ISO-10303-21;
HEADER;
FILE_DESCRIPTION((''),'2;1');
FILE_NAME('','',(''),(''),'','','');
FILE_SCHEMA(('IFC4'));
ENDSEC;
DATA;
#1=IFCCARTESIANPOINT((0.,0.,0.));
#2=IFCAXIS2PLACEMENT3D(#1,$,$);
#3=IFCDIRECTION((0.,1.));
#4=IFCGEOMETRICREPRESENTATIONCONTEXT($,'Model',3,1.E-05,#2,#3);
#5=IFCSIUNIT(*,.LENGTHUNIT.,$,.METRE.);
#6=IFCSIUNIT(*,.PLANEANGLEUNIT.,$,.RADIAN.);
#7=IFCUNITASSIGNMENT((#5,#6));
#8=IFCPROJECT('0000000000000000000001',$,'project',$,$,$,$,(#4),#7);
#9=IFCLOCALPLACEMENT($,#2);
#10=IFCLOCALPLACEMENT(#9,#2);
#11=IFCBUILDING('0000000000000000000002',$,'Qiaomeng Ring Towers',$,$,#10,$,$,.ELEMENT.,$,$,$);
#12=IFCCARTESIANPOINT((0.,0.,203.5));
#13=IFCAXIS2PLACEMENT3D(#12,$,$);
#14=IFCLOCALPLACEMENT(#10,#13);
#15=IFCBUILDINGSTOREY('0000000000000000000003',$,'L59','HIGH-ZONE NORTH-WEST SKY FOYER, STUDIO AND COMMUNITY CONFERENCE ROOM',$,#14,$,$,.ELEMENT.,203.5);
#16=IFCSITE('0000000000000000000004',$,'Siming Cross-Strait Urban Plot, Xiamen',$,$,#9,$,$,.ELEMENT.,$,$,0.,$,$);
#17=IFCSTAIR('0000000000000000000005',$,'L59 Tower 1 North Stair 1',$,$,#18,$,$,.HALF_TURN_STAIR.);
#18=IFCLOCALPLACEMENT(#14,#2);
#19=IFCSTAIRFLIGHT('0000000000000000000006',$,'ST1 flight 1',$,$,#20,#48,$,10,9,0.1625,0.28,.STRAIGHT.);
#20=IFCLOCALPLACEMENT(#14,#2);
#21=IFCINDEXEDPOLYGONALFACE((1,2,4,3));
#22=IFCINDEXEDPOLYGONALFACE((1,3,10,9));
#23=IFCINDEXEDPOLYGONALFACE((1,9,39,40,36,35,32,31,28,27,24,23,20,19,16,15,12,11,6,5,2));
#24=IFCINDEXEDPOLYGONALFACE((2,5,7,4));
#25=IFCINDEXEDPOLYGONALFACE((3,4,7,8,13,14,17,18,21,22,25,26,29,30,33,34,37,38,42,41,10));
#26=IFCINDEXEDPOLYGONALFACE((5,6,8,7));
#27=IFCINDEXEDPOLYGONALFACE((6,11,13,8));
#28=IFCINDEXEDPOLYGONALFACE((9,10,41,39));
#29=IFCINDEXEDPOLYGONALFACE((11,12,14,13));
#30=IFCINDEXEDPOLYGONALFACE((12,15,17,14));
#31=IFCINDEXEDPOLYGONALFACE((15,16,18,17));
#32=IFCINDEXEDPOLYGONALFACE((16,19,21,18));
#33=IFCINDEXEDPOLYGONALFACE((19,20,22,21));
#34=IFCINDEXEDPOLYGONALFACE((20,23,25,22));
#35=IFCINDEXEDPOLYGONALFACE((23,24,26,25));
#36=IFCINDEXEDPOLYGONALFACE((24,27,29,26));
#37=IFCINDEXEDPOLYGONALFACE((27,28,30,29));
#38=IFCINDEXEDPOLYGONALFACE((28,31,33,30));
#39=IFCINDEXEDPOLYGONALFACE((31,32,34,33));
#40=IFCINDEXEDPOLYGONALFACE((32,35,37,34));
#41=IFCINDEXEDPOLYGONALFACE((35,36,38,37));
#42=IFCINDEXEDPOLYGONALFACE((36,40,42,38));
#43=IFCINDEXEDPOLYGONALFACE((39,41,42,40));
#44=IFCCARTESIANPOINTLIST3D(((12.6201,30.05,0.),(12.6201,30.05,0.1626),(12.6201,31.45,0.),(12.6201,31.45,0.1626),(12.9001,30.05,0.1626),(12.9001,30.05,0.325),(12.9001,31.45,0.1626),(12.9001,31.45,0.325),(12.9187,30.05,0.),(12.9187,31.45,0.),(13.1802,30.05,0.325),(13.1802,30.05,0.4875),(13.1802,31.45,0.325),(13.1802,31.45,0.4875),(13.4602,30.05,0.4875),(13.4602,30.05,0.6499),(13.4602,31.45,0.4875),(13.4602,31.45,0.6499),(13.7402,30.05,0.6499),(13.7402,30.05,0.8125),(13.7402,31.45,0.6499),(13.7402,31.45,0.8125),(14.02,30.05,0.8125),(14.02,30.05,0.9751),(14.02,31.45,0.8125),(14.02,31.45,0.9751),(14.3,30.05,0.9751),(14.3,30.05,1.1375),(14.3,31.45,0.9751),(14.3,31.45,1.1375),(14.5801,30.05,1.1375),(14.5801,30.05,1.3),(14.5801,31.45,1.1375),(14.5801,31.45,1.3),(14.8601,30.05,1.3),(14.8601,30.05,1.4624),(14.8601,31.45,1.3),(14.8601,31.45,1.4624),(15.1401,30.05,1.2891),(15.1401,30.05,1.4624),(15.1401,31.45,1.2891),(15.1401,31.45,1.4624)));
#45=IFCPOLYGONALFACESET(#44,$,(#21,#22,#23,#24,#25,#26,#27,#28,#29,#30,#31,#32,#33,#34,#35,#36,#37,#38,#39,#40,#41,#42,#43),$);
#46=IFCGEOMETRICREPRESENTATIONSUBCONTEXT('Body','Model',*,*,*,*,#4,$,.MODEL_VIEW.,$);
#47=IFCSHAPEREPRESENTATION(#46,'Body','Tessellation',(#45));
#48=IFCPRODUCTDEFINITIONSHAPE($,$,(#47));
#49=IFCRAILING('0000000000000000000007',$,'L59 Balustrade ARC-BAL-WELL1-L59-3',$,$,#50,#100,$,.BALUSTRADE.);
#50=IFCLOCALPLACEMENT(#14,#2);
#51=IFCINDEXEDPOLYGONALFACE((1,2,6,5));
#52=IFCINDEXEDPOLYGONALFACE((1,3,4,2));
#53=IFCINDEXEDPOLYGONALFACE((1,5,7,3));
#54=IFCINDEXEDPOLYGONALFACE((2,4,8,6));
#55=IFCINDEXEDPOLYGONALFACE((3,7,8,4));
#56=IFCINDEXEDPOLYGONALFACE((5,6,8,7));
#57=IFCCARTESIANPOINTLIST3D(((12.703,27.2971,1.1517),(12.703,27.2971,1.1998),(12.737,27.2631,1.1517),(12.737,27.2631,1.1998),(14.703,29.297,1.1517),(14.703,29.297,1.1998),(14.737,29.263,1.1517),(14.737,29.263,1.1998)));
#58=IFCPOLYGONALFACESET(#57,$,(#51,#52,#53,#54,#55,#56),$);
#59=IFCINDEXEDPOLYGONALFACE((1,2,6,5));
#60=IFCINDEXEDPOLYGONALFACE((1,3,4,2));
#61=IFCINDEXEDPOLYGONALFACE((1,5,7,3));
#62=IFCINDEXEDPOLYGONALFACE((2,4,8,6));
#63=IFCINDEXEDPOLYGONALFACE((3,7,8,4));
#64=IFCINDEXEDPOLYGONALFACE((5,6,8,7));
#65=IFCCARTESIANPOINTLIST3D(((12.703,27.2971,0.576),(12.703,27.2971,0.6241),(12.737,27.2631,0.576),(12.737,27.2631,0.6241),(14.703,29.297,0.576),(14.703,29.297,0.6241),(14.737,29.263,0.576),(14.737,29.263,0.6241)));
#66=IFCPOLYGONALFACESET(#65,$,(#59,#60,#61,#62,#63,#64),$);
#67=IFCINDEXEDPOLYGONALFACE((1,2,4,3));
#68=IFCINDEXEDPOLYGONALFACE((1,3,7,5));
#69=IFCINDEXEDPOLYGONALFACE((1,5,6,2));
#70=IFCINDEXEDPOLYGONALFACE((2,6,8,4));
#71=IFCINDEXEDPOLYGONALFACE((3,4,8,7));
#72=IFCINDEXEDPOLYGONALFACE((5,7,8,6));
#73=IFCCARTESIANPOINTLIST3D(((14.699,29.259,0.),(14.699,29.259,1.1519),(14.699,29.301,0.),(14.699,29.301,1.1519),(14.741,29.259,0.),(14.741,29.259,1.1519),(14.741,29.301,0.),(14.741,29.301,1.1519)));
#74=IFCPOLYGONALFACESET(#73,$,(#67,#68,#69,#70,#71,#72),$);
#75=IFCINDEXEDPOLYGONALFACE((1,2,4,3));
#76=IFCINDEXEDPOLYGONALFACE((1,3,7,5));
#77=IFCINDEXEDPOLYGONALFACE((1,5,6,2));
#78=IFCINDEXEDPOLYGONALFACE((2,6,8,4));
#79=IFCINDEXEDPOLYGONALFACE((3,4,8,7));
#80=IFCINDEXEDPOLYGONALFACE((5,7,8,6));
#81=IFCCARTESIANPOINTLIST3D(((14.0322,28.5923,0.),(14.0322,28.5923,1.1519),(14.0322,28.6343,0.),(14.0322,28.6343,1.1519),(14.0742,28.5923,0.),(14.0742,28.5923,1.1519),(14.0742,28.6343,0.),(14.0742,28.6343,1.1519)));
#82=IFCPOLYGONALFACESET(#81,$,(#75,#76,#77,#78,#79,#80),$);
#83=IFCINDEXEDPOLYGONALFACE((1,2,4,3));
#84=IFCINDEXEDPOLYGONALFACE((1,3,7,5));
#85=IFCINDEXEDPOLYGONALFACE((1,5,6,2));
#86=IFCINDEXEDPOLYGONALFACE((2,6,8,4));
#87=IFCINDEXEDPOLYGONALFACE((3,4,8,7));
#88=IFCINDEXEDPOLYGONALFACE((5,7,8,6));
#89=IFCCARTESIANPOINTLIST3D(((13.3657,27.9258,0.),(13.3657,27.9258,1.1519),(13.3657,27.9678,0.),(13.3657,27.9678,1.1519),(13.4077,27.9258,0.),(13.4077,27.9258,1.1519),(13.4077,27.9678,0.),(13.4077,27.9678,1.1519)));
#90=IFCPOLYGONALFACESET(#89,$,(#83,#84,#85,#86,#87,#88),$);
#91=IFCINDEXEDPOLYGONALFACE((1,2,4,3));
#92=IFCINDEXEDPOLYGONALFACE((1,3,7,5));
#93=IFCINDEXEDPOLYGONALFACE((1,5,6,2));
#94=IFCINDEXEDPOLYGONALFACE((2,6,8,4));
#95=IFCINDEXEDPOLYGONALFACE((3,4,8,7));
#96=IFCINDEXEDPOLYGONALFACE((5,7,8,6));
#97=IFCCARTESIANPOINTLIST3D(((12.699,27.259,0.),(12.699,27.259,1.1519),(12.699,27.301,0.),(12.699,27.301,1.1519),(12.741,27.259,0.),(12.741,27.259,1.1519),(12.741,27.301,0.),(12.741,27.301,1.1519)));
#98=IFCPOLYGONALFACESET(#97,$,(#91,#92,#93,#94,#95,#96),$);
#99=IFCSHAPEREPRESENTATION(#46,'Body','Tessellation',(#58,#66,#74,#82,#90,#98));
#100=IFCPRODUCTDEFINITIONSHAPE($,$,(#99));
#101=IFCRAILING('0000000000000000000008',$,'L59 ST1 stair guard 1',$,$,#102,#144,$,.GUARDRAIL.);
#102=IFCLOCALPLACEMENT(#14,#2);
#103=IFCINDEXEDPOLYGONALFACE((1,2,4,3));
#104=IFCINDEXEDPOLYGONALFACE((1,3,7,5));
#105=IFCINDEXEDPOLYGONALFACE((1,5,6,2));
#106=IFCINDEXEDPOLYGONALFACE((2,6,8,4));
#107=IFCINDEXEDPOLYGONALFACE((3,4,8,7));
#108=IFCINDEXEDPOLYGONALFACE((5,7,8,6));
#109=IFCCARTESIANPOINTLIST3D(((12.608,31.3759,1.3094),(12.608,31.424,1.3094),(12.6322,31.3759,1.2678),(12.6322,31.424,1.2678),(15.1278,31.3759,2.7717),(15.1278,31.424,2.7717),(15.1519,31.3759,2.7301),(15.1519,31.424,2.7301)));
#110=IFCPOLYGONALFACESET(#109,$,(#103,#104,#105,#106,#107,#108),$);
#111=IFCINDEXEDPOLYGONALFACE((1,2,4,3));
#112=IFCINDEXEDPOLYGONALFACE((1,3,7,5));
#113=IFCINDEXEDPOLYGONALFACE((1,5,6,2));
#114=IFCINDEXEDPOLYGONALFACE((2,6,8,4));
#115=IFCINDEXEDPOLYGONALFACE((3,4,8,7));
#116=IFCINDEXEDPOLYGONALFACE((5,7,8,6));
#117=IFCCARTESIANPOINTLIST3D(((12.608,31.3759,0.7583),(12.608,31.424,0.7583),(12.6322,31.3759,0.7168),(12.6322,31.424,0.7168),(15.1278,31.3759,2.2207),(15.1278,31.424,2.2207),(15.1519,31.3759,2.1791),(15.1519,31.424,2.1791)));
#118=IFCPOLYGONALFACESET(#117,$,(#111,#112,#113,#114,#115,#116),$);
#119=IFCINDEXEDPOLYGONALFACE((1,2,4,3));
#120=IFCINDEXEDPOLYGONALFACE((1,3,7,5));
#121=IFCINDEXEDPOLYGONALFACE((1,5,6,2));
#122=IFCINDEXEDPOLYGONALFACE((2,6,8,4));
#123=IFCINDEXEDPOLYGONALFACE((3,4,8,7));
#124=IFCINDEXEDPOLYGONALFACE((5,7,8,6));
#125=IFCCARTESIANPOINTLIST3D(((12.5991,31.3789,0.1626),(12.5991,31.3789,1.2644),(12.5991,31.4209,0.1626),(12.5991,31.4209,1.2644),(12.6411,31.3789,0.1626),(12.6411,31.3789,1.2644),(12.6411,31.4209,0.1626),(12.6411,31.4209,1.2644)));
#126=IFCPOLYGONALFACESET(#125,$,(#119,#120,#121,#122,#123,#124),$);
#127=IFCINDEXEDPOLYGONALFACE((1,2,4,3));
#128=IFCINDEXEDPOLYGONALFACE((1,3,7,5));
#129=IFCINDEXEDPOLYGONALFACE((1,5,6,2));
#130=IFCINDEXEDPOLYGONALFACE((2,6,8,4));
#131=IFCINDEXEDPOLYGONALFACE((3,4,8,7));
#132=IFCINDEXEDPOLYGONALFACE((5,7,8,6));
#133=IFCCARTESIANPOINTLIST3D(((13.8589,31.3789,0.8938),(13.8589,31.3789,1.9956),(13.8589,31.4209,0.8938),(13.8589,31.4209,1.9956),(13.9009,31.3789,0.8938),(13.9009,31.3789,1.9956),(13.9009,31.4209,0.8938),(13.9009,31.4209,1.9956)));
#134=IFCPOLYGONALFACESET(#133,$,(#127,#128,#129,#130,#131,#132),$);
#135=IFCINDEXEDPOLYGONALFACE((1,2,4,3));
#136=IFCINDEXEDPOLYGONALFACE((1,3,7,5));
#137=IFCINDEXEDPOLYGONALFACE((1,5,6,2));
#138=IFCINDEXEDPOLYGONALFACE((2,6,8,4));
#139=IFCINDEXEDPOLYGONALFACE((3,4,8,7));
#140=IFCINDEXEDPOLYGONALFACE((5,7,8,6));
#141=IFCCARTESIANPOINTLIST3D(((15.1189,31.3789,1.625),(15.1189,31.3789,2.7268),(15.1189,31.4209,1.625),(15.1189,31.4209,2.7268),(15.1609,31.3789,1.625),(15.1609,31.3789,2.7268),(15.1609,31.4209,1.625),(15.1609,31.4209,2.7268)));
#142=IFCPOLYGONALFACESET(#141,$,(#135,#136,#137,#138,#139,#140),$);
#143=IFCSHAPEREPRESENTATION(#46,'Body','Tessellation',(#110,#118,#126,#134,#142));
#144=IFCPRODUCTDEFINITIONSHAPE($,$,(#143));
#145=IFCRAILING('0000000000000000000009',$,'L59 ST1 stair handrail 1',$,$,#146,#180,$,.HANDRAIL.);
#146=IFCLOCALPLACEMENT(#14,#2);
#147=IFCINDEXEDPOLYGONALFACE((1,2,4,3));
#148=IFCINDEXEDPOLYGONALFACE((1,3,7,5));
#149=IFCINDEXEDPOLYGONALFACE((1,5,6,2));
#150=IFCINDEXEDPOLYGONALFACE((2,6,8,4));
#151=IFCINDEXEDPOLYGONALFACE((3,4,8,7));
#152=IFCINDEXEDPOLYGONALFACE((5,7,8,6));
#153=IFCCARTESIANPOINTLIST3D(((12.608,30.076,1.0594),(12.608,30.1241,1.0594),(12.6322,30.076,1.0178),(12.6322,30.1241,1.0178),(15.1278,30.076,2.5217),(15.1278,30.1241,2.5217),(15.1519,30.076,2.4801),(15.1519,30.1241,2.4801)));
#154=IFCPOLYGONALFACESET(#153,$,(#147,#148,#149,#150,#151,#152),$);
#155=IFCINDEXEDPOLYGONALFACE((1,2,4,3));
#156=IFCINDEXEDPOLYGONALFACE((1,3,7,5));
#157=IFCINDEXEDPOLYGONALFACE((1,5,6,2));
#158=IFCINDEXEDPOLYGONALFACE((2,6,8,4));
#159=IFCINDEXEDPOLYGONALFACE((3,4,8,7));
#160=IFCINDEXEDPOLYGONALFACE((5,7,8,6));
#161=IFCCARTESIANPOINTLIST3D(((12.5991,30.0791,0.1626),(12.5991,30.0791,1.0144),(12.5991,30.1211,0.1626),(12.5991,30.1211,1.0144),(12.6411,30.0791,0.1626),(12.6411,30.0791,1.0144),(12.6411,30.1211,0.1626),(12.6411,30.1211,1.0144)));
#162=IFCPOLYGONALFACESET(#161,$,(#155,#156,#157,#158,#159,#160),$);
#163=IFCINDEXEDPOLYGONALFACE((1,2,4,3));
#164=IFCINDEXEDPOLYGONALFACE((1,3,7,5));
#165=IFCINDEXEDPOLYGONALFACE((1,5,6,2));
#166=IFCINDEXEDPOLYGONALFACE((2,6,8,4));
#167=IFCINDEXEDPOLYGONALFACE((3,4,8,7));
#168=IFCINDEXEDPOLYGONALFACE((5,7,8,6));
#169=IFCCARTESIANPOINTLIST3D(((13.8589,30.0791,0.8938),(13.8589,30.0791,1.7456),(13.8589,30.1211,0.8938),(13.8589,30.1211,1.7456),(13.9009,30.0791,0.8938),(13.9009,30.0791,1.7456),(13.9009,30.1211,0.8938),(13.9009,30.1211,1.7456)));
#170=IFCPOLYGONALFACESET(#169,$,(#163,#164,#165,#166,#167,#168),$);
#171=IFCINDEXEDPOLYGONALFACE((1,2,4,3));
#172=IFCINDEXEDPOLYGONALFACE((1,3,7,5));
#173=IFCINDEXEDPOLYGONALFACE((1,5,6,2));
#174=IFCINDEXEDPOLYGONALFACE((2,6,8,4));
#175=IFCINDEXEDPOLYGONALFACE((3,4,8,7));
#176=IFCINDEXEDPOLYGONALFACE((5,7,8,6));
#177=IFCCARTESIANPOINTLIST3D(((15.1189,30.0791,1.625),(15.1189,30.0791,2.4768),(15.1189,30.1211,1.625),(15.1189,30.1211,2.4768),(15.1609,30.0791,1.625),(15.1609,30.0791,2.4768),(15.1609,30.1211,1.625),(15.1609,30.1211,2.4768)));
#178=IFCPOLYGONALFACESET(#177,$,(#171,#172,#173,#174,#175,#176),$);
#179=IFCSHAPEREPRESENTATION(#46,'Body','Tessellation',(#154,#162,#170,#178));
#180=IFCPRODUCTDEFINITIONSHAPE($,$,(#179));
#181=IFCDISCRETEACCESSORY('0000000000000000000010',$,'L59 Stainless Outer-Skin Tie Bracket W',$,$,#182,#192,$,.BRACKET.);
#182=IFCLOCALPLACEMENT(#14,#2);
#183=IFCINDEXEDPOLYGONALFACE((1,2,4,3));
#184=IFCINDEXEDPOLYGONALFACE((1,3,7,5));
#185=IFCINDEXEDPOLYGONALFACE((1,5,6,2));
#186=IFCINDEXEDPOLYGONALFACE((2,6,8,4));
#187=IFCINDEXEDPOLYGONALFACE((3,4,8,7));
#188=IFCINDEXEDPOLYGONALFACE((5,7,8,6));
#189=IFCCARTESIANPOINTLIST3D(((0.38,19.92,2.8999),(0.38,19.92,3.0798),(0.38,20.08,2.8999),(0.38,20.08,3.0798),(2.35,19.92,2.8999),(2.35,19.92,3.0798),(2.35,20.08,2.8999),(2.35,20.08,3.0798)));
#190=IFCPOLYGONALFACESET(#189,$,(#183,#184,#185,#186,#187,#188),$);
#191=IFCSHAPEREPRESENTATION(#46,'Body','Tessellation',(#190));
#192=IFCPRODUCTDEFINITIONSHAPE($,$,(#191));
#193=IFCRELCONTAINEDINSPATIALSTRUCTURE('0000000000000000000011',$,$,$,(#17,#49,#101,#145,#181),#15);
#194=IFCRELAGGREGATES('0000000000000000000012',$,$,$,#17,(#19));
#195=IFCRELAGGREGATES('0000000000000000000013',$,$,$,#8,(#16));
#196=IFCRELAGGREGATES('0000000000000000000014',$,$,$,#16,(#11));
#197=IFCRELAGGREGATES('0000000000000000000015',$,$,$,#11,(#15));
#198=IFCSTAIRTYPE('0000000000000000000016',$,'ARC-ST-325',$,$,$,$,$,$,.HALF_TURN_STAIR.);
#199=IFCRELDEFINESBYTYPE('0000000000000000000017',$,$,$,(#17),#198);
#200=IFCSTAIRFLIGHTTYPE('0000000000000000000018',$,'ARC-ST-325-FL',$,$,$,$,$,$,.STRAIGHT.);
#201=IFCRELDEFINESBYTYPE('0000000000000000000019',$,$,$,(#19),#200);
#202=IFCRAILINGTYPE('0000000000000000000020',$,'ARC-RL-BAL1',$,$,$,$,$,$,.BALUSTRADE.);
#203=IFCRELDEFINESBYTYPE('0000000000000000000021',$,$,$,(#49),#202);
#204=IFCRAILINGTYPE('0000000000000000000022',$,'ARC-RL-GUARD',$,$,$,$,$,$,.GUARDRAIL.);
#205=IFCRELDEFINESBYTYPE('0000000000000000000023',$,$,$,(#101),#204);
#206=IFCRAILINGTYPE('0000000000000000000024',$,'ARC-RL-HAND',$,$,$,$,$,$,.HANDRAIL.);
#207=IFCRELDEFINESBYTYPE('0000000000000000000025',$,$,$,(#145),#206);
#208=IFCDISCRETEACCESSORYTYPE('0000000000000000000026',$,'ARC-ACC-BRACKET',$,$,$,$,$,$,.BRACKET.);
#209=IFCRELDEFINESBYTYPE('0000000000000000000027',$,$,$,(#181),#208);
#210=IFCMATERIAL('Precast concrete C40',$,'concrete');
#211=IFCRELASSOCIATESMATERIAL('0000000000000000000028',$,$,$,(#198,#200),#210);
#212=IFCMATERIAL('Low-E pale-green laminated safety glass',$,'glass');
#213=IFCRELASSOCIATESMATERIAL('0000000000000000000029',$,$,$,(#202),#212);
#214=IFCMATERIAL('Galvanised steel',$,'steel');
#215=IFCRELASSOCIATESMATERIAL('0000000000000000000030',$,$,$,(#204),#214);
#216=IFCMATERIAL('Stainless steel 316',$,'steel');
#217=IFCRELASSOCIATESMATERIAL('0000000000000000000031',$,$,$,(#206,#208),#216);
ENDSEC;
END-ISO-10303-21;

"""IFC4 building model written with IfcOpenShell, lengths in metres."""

from ifc_helpers import new_model, si_unit, direction, frame, origin, origin_2d, place, context, subcontext, project, spatial, polyline, rectangle, outline, extrude, source, transform, mapped, material, type_object, element, aggregate, save


model = new_model("IFC4")

# Units and contexts
model_context = context("Model", 3, precision=1e-05, world=origin(), true_north=direction((0.0, 1.0)))
body_context = subcontext(model_context, "Body", "Model", "MODEL_VIEW")
ifc_project = project(units=[si_unit("LENGTHUNIT", "METRE"), si_unit("PLANEANGLEUNIT", "RADIAN")], contexts=[model_context])

# Site, building, storey
site_placement = place(None, origin())
site = spatial("IfcSite", under=ifc_project, at=site_placement, Name="Siming Cross-Strait Urban Plot, Xiamen", CompositionType="ELEMENT", RefElevation=0.0)
building_placement = place(site_placement, origin())
building = spatial("IfcBuilding", under=site, at=building_placement, Name="Qiaomeng Ring Towers", CompositionType="ELEMENT")
storey_placement = place(building_placement, frame((0.0, 0.0, 203.5)))
storey = spatial("IfcBuildingStorey", under=building, at=storey_placement, Name="L59", Description="HIGH-ZONE NORTH-WEST SKY FOYER, STUDIO AND COMMUNITY CONFERENCE ROOM", CompositionType="ELEMENT", Elevation=203.5)

# Shared definitions
ifc_material_1 = material(Name="Stainless steel 316", Category="steel")

# Stair, stair flight
ifc_material_2 = material(Name="Precast concrete C40", Category="concrete")
stair_type = type_object("IfcStairType", Name="ARC-ST-325", PredefinedType="HALF_TURN_STAIR", material=ifc_material_2)
stair_placement = place(storey_placement, origin())
stair = element("IfcStair", 1, at=stair_placement, inside=storey, type_object=stair_type, Name="L59 Tower 1 North Stair 1", PredefinedType="HALF_TURN_STAIR")
stair_flight_type = type_object("IfcStairFlightType", Name="ARC-ST-325-FL", PredefinedType="STRAIGHT", material=ifc_material_2)
shared_shape_1 = source(origin(), body_context, "Body", "SweptSolid", [
    extrude(outline(polyline([(0.0, 0.0), (0.0, 0.1626), (0.28, 0.1626), (0.28, 0.325), (0.5601, 0.325), (0.5601, 0.4875), (0.8401, 0.4875), (0.8401, 0.6499), (1.1201, 0.6499), (1.1201, 0.8125), (1.3999, 0.8125), (1.3999, 0.9751), (1.6799, 0.9751), (1.6799, 1.1375), (1.96, 1.1375), (1.96, 1.3), (2.24, 1.3), (2.24, 1.4624), (2.52, 1.4624), (2.52, 1.625), (2.52, 1.2891), (0.2986, 0.0), (0.0, 0.0)])), frame((0.0, 0.7, 0.0), z_axis=(0.0, -1.0, 0.0), x_axis=(1.0, 0.0, 0.0)), (0.0, 0.0, 1.0), 1.3999),
])
stair_flight_placement = place(storey_placement, frame((12.6201, 30.75, 0.0), z_axis=(0.0, 0.0, 1.0), x_axis=(1.0, 0.0, 0.0)))
stair_flight = element("IfcStairFlight", 2, at=stair_flight_placement, type_object=stair_flight_type, Name="ST1 flight 1", NumberOfRisers=10, NumberOfTreads=9, PredefinedType="STRAIGHT", RiserHeight=0.1625, TreadLength=0.28, context=body_context, shape_type="MappedRepresentation", body=[
    mapped(shared_shape_1, transform((0.0, 0.0, 0.0), x_axis=(1.0, 0.0, 0.0), y_axis=(0.0, 1.0, 0.0), z_axis=(0.0, 0.0, 1.0), scale=1.0)),
])
aggregate(stair, [stair_flight])

# Railings
ifc_material_3 = material(Name="Low-E pale-green laminated safety glass", Category="glass")
railing_type_1 = type_object("IfcRailingType", Name="ARC-RL-BAL1", PredefinedType="BALUSTRADE", material=ifc_material_3)
railing_1_placement = place(storey_placement, frame((14.72, 29.28, 0.0)))
element("IfcRailing", 3, at=railing_1_placement, inside=storey, type_object=railing_type_1, Name="L59 Balustrade ARC-BAL-WELL1-L59-3", PredefinedType="BALUSTRADE", context=body_context, shape_type="SweptSolid", body=[
    extrude(rectangle(XDim=0.0481, YDim=0.0481, at=origin_2d()), frame((0.0, 0.0, 1.1758), z_axis=(-0.707107, -0.707107, 0.0), x_axis=(0.707107, -0.707107, 0.0)), (0.0, 0.0, 1.0), 2.8284),
    extrude(rectangle(XDim=0.0481, YDim=0.0481, at=origin_2d()), frame((0.0, 0.0, 0.6001), z_axis=(-0.707107, -0.707107, 0.0), x_axis=(0.707107, -0.707107, 0.0)), (0.0, 0.0, 1.0), 2.8284),
    extrude(rectangle(XDim=0.042, YDim=0.042, at=origin_2d()), origin(), (0.0, 0.0, 1.0), 1.1519),
    extrude(rectangle(XDim=0.042, YDim=0.042, at=origin_2d()), frame((-0.6667, -0.6667, 0.0)), (0.0, 0.0, 1.0), 1.1519),
    extrude(rectangle(XDim=0.042, YDim=0.042, at=origin_2d()), frame((-1.3333, -1.3333, 0.0)), (0.0, 0.0, 1.0), 1.1519),
    extrude(rectangle(XDim=0.042, YDim=0.042, at=origin_2d()), frame((-2.0, -2.0, 0.0)), (0.0, 0.0, 1.0), 1.1519),
])
ifc_material_4 = material(Name="Galvanised steel", Category="steel")
railing_type_2 = type_object("IfcRailingType", Name="ARC-RL-GUARD", PredefinedType="GUARDRAIL", material=ifc_material_4)
railing_2_placement = place(storey_placement, frame((12.6201, 31.3999, 0.1626)))
element("IfcRailing", 4, at=railing_2_placement, inside=storey, type_object=railing_type_2, Name="L59 ST1 stair guard 1", PredefinedType="GUARDRAIL", context=body_context, shape_type="SweptSolid", body=[
    extrude(rectangle(XDim=0.0481, YDim=0.0481, at=origin_2d()), frame((0.0, 0.0, 1.126), z_axis=(0.864892, 0.0, 0.501958), x_axis=(0.0, 1.0, 0.0)), (0.0, 0.0, 1.0), 2.9133),
    extrude(rectangle(XDim=0.0481, YDim=0.0481, at=origin_2d()), frame((0.0, 0.0, 0.575), z_axis=(0.864892, 0.0, 0.501958), x_axis=(0.0, 1.0, 0.0)), (0.0, 0.0, 1.0), 2.9133),
    extrude(rectangle(XDim=0.042, YDim=0.042, at=origin_2d()), origin(), (0.0, 0.0, 1.0), 1.1018),
    extrude(rectangle(XDim=0.042, YDim=0.042, at=origin_2d()), frame((1.2598, 0.0, 0.7312)), (0.0, 0.0, 1.0), 1.1018),
    extrude(rectangle(XDim=0.042, YDim=0.042, at=origin_2d()), frame((2.5198, 0.0, 1.4624)), (0.0, 0.0, 1.0), 1.1018),
])
railing_type_3 = type_object("IfcRailingType", Name="ARC-RL-HAND", PredefinedType="HANDRAIL", material=ifc_material_1)
railing_3_placement = place(storey_placement, frame((12.6201, 30.1001, 0.1626)))
element("IfcRailing", 5, at=railing_3_placement, inside=storey, type_object=railing_type_3, Name="L59 ST1 stair handrail 1", PredefinedType="HANDRAIL", context=body_context, shape_type="SweptSolid", body=[
    extrude(rectangle(XDim=0.0481, YDim=0.0481, at=origin_2d()), frame((0.0, 0.0, 0.876), z_axis=(0.864892, 0.0, 0.501958), x_axis=(0.0, 1.0, 0.0)), (0.0, 0.0, 1.0), 2.9133),
    extrude(rectangle(XDim=0.042, YDim=0.042, at=origin_2d()), origin(), (0.0, 0.0, 1.0), 0.8518),
    extrude(rectangle(XDim=0.042, YDim=0.042, at=origin_2d()), frame((1.2598, 0.0, 0.7312)), (0.0, 0.0, 1.0), 0.8518),
    extrude(rectangle(XDim=0.042, YDim=0.042, at=origin_2d()), frame((2.5198, 0.0, 1.4624)), (0.0, 0.0, 1.0), 0.8518),
])

# Discrete accessory
discrete_accessory_type = type_object("IfcDiscreteAccessoryType", Name="ARC-ACC-BRACKET", PredefinedType="BRACKET", material=ifc_material_1)
shared_shape_2 = source(origin(), body_context, "Body", "SweptSolid", [
    extrude(rectangle(XDim=1.97, YDim=0.1599, at=origin_2d()), origin(), (0.0, 0.0, 1.0), 0.1799),
])
discrete_accessory_placement = place(storey_placement, frame((1.365, 20.0, 2.8999), z_axis=(0.0, 0.0, 1.0), x_axis=(1.0, 0.0, 0.0)))
element("IfcDiscreteAccessory", 6, at=discrete_accessory_placement, inside=storey, type_object=discrete_accessory_type, Name="L59 Stainless Outer-Skin Tie Bracket W", PredefinedType="BRACKET", context=body_context, shape_type="MappedRepresentation", body=[
    mapped(shared_shape_2, transform((0.0, 0.0, 0.0), x_axis=(1.0, 0.0, 0.0), y_axis=(0.0, 1.0, 0.0), z_axis=(0.0, 0.0, 1.0), scale=1.0)),
])

save(model, "model.ifc")
